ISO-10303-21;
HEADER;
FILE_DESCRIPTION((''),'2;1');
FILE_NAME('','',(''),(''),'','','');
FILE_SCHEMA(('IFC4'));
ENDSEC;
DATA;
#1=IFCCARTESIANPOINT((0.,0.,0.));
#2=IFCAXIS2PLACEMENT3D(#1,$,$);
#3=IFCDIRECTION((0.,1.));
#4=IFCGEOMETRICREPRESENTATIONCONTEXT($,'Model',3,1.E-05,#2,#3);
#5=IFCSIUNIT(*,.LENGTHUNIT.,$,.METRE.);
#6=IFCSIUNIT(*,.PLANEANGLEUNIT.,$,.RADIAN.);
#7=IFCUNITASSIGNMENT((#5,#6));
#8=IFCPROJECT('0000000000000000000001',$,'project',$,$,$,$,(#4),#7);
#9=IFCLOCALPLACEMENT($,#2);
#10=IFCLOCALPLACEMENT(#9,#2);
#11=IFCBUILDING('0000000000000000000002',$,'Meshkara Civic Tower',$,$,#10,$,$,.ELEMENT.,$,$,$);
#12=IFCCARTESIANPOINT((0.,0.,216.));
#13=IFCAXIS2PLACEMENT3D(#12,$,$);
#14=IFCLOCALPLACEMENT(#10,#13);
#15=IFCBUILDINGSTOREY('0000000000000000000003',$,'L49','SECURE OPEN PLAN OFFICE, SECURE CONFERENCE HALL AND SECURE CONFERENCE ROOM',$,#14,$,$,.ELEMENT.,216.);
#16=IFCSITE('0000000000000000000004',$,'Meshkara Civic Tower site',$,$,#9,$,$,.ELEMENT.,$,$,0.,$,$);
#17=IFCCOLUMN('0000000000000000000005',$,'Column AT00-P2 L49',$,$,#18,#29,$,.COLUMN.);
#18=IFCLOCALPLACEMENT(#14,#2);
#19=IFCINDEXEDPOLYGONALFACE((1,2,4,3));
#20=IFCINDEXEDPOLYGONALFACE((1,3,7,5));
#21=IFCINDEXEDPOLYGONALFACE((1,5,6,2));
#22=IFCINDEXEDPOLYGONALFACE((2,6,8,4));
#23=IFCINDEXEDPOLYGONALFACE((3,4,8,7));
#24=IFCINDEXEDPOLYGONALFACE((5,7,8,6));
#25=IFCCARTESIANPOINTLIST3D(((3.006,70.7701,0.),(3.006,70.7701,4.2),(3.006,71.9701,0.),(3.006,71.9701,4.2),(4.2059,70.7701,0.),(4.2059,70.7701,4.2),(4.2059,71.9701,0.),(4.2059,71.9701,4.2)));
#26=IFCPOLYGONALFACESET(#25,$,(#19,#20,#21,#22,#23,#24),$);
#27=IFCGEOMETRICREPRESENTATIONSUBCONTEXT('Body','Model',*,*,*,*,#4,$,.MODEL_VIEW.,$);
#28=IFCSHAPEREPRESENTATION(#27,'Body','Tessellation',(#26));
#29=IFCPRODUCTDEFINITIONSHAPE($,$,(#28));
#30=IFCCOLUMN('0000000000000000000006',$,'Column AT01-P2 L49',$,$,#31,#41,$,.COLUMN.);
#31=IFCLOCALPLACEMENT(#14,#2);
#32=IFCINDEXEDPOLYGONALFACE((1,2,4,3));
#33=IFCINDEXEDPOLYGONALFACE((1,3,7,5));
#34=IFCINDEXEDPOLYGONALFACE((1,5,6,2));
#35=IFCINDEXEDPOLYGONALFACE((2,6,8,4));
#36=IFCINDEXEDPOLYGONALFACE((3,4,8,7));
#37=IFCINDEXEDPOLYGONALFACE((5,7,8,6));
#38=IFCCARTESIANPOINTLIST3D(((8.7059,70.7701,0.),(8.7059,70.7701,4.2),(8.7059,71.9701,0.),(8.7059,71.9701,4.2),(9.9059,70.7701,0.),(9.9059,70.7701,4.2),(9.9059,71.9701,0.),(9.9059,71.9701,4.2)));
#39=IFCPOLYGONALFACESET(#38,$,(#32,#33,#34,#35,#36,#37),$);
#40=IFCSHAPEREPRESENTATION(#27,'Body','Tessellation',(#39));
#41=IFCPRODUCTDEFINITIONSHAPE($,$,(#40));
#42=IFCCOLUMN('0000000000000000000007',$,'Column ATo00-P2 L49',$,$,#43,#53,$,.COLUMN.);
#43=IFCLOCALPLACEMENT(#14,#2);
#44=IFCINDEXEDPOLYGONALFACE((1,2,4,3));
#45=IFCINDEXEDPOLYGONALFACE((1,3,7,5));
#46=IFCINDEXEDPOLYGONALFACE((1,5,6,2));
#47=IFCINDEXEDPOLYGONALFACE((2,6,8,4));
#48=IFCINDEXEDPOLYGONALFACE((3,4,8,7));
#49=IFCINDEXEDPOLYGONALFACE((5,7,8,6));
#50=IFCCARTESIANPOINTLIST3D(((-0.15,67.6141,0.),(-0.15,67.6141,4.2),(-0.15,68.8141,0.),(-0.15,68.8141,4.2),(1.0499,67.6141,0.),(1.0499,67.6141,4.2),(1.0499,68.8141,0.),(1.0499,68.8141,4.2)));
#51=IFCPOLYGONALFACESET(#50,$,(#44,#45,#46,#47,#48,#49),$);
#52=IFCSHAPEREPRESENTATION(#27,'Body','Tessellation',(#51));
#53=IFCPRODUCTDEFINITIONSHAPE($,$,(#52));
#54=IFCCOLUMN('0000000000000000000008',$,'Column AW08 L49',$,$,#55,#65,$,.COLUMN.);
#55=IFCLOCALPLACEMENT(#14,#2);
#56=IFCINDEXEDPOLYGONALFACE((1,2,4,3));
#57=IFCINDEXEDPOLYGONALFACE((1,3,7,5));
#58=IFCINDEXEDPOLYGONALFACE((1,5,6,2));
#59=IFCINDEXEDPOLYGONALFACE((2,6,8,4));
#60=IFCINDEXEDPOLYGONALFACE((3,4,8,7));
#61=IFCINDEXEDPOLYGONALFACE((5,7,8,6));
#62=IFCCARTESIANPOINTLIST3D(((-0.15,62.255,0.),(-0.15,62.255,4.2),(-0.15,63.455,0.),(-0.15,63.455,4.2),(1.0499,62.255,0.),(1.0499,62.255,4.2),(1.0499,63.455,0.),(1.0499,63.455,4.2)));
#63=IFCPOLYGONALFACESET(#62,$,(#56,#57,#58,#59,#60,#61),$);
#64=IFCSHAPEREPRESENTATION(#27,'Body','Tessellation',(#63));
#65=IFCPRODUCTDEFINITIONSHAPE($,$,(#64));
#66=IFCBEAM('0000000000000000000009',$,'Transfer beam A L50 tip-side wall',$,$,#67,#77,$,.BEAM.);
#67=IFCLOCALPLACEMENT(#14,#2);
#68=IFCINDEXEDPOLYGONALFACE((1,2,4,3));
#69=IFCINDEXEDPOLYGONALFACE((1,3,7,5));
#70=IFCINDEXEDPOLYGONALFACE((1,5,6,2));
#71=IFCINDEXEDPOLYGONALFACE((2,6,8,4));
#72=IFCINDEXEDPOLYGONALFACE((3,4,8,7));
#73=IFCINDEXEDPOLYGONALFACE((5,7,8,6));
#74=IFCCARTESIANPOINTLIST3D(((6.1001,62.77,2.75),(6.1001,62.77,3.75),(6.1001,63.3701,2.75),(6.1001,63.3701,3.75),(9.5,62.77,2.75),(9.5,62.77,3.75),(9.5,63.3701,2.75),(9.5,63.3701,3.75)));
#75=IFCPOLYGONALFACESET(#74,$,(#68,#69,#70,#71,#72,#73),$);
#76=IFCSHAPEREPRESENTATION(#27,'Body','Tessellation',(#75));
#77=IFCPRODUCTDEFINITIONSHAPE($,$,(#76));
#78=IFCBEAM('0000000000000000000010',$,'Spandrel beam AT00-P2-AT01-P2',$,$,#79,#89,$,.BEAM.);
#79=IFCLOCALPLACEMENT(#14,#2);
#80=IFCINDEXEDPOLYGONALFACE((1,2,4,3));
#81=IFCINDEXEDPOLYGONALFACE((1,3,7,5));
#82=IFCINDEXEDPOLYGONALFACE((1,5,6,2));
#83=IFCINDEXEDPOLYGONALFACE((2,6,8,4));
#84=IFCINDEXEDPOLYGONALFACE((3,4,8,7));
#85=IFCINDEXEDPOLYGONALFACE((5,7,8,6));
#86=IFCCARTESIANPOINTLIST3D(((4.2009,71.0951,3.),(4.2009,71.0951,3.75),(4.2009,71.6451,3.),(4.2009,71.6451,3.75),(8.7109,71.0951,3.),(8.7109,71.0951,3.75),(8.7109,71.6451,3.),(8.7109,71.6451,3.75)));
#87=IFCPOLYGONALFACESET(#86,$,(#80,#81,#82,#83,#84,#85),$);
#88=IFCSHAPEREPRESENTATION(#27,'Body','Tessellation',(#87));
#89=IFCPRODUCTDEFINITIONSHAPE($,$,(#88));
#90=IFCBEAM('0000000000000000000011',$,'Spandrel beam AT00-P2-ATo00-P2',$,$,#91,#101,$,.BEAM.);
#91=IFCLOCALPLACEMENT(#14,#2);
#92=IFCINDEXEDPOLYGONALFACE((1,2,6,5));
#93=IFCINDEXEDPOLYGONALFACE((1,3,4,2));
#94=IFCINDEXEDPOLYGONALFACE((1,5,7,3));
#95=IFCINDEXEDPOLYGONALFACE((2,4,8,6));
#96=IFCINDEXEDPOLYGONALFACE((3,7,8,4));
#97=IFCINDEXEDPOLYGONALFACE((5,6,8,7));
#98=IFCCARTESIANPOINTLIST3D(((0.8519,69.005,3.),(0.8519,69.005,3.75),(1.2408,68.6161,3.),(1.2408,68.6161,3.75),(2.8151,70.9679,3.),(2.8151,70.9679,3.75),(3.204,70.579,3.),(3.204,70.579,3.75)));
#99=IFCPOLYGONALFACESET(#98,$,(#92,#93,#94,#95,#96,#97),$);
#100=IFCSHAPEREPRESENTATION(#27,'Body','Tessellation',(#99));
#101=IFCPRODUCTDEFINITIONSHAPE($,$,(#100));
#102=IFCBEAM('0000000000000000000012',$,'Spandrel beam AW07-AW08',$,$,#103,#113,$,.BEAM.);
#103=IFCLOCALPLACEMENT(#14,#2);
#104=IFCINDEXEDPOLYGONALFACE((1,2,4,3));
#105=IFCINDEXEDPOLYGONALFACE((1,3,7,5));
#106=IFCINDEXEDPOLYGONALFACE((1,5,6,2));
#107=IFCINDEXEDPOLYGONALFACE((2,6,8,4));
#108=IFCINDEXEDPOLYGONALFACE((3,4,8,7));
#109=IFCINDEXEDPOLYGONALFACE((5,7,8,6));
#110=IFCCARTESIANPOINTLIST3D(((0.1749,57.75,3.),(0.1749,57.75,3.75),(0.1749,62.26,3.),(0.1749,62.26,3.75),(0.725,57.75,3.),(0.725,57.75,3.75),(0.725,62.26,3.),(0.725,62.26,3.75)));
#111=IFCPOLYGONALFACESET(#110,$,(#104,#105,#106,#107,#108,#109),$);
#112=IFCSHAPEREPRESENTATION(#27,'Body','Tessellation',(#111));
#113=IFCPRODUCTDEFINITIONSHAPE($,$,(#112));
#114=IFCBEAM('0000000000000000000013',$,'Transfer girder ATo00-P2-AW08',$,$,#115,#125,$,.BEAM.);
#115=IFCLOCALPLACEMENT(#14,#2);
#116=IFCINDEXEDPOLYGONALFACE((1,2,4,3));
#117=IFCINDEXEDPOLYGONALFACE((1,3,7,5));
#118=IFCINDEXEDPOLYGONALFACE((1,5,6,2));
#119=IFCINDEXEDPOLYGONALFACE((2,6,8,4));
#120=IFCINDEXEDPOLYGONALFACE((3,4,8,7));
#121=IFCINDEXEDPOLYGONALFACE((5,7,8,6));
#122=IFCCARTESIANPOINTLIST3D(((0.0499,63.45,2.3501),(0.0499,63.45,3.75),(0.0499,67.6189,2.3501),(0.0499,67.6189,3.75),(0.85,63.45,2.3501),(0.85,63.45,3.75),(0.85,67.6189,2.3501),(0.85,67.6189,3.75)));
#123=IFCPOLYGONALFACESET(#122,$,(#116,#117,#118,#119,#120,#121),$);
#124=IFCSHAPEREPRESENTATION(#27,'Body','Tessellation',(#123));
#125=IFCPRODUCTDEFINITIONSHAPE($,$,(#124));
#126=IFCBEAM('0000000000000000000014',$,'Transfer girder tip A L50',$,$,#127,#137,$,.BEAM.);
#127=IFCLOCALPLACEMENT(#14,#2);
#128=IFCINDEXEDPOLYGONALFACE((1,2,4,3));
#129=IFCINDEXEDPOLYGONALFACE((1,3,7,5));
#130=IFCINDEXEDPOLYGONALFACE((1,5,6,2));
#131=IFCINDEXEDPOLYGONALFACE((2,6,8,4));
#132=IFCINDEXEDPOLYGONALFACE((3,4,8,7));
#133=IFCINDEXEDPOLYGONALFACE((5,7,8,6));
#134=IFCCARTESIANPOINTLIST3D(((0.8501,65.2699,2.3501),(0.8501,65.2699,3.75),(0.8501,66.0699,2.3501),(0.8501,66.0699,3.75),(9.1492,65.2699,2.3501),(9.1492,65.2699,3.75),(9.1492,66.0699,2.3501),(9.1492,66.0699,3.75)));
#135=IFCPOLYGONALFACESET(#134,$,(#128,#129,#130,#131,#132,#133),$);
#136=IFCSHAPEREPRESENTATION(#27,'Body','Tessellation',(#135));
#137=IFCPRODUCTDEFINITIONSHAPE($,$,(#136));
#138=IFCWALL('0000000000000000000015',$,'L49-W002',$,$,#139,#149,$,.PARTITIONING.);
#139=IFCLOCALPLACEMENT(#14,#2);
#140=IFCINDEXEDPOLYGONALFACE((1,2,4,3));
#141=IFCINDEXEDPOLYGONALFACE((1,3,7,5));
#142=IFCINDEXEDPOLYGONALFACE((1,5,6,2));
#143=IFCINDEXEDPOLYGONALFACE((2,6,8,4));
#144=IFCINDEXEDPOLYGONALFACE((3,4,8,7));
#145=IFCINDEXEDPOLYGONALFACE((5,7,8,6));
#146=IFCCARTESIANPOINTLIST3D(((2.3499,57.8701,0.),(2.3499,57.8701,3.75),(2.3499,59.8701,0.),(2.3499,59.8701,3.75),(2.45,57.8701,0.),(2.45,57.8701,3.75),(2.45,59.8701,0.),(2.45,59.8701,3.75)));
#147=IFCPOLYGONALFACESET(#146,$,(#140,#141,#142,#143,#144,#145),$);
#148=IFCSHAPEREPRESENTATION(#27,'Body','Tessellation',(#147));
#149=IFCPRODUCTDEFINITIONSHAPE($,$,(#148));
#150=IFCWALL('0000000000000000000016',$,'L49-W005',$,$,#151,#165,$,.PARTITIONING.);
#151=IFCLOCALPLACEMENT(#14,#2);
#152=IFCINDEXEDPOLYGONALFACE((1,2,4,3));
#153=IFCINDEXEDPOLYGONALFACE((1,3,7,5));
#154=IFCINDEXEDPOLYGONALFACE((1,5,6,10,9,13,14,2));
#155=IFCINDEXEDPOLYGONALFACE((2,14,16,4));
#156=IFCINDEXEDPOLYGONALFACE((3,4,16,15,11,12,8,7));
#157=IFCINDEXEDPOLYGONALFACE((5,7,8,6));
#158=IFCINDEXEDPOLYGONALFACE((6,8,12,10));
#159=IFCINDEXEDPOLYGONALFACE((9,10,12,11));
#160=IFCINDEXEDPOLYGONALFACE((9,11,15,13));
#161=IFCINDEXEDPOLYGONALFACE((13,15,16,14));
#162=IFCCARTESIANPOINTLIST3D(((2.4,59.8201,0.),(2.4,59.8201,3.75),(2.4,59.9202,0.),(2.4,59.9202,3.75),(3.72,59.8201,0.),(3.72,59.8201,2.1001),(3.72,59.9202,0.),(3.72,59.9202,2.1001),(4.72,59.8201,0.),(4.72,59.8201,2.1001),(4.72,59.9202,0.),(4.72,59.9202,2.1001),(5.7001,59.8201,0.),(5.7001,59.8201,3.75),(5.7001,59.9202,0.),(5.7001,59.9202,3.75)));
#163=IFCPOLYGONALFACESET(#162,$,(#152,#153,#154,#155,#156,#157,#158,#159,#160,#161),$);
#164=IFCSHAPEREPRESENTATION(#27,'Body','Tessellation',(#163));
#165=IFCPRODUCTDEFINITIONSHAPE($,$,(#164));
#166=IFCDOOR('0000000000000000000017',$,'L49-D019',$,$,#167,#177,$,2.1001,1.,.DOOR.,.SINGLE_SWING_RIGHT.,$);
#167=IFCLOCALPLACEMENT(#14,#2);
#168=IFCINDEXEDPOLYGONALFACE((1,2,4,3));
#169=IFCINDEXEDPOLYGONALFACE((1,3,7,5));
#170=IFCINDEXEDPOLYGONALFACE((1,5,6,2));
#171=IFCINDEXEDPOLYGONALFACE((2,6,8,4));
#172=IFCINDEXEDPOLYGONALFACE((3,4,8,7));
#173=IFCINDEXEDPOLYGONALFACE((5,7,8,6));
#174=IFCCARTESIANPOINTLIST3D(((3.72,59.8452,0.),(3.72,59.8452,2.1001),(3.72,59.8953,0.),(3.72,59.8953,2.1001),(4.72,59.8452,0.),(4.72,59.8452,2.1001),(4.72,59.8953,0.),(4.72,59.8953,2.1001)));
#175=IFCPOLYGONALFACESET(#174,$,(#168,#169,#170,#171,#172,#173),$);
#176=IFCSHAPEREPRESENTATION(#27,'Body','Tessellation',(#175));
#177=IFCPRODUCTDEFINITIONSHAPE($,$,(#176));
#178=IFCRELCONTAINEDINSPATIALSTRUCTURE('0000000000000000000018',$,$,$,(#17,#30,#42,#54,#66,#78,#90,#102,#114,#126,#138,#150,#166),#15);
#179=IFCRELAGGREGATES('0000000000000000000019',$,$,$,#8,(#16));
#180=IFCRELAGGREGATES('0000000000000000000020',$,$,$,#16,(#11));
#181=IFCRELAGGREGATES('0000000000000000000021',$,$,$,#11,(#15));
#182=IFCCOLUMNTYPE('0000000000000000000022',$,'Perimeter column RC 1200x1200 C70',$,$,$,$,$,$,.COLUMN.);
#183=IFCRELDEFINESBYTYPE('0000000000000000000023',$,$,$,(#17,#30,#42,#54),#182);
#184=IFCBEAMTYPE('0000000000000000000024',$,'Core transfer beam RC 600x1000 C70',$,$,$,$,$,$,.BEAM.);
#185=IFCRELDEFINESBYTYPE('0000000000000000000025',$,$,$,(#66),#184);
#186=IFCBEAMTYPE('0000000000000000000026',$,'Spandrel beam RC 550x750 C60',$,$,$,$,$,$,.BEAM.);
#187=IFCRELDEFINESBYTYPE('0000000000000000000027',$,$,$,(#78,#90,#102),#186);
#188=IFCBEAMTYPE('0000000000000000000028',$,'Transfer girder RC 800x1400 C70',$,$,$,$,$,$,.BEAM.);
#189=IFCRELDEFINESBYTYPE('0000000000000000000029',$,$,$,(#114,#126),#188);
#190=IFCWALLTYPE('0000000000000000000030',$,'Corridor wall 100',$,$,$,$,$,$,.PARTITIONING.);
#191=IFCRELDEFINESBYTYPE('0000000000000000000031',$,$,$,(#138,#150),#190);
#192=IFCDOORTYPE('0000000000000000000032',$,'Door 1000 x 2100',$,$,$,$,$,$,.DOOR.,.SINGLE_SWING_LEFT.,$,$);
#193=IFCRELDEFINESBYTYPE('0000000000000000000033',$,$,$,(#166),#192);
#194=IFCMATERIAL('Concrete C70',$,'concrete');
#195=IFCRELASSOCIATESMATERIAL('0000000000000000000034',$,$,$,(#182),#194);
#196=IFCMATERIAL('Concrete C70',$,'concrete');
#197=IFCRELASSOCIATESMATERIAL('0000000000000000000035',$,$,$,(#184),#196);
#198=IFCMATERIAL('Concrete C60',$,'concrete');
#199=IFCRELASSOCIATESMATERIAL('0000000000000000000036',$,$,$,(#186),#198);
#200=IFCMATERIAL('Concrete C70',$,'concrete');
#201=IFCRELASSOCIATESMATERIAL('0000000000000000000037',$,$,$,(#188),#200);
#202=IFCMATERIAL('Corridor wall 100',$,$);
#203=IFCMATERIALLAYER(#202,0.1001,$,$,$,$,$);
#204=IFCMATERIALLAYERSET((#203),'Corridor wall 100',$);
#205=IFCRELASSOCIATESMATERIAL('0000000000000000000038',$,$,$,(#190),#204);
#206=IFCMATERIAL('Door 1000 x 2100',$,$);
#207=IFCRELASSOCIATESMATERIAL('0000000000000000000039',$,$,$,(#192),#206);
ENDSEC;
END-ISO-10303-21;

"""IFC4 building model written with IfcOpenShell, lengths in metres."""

from ifc_helpers import new_model, si_unit, direction, frame, frame_2d, origin, origin_2d, place, context, subcontext, project, spatial, rectangle, extrude, material, layer, layer_set, material_profile, profile_set, type_object, element, fill, save


model = new_model("IFC4")

# Units and contexts
model_context = context("Model", 3, precision=1e-05, world=origin(), true_north=direction((0.0, 1.0)))
body_context = subcontext(model_context, "Body", "Model", "MODEL_VIEW")
ifc_project = project(units=[si_unit("LENGTHUNIT", "METRE"), si_unit("PLANEANGLEUNIT", "RADIAN")], contexts=[model_context])

# Site, building, storey
site_placement = place(None, origin())
site = spatial("IfcSite", under=ifc_project, at=site_placement, Name="Meshkara Civic Tower site", CompositionType="ELEMENT", RefElevation=0.0)
building_placement = place(site_placement, origin())
building = spatial("IfcBuilding", under=site, at=building_placement, Name="Meshkara Civic Tower", CompositionType="ELEMENT")
storey_placement = place(building_placement, frame((0.0, 0.0, 216.0)))
storey = spatial("IfcBuildingStorey", under=building, at=storey_placement, Name="L49", Description="SECURE OPEN PLAN OFFICE, SECURE CONFERENCE HALL AND SECURE CONFERENCE ROOM", CompositionType="ELEMENT", Elevation=216.0)

# Columns
ifc_material_1 = material(Name="Concrete C70", Category="concrete")
ifc_material_profile_1 = material_profile(ifc_material_1, rectangle(XDim=1.2, YDim=1.2, at=origin_2d()))
ifc_profile_set_1 = profile_set([ifc_material_profile_1], Name="Concrete C70")
column_type = type_object("IfcColumnType", Name="Perimeter column RC 1200x1200 C70", PredefinedType="COLUMN", material=ifc_profile_set_1)
for number, where, z_axis, x_axis, name in (
    (1, (3.606, 71.3701, 0.0), (0.0, 0.0, 1.0), (1.0, 0.0, 0.0), "Column AT00-P2 L49"),
    (2, (9.3059, 71.3701, 0.0), (0.0, 0.0, 1.0), (1.0, 0.0, 0.0), "Column AT01-P2 L49"),
    (3, (0.45, 68.2141, 0.0), (0.0, 0.0, 1.0), (1.0, 0.0, 0.0), "Column ATo00-P2 L49"),
    (4, (0.45, 62.855, 0.0), (0.0, 0.0, 1.0), (1.0, 0.0, 0.0), "Column AW08 L49"),
):
    element("IfcColumn", number, at=place(storey_placement, frame(where, z_axis=z_axis, x_axis=x_axis)), inside=storey, type_object=column_type, Name=name, PredefinedType="COLUMN", context=body_context, shape_type="SweptSolid", body=[
        extrude(rectangle(XDim=1.2, YDim=1.2, at=origin_2d()), origin(), (0.0, 0.0, 1.0), 4.2),
    ])

# Beams
ifc_material_2 = material(Name="Concrete C70", Category="concrete")
ifc_material_profile_2 = material_profile(ifc_material_2, rectangle(XDim=0.6001, YDim=1.0, at=origin_2d()))
ifc_profile_set_2 = profile_set([ifc_material_profile_2], Name="Concrete C70")
beam_type_1 = type_object("IfcBeamType", Name="Core transfer beam RC 600x1000 C70", PredefinedType="BEAM", material=ifc_profile_set_2)
beam_1_placement = place(storey_placement, frame((6.1001, 63.0701, 3.25), z_axis=(1.0, 0.0, 0.0), x_axis=(0.0, 1.0, 0.0)))
element("IfcBeam", 5, at=beam_1_placement, inside=storey, type_object=beam_type_1, Name="Transfer beam A L50 tip-side wall", PredefinedType="BEAM", context=body_context, shape_type="SweptSolid", body=[
    extrude(rectangle(XDim=0.6001, YDim=1.0, at=origin_2d()), origin(), (0.0, 0.0, 1.0), 3.3999),
])
ifc_material_3 = material(Name="Concrete C60", Category="concrete")
ifc_material_profile_3 = material_profile(ifc_material_3, rectangle(XDim=0.55, YDim=0.75, at=origin_2d()))
ifc_profile_set_3 = profile_set([ifc_material_profile_3], Name="Concrete C60")
beam_type_2 = type_object("IfcBeamType", Name="Spandrel beam RC 550x750 C60", PredefinedType="BEAM", material=ifc_profile_set_3)
beam_2_placement = place(storey_placement, frame((8.7109, 71.3701, 3.375), z_axis=(-1.0, 0.0, 0.0), x_axis=(0.0, -1.0, 0.0)))
element("IfcBeam", 6, at=beam_2_placement, inside=storey, type_object=beam_type_2, Name="Spandrel beam AT00-P2-AT01-P2", PredefinedType="BEAM", context=body_context, shape_type="SweptSolid", body=[
    extrude(rectangle(XDim=0.55, YDim=0.75, at=origin_2d()), origin(), (0.0, 0.0, 1.0), 4.51),
])
beam_3_placement = place(storey_placement, frame((3.0095, 70.7734, 3.375), z_axis=(-0.707151, -0.707063, 0.0), x_axis=(0.707063, -0.707151, 0.0)))
element("IfcBeam", 7, at=beam_3_placement, inside=storey, type_object=beam_type_2, Name="Spandrel beam AT00-P2-ATo00-P2", PredefinedType="BEAM", context=body_context, shape_type="SweptSolid", body=[
    extrude(rectangle(XDim=0.55, YDim=0.75, at=origin_2d()), origin(), (0.0, 0.0, 1.0), 2.7761),
])
beam_4_placement = place(storey_placement, frame((0.45, 62.26, 3.375), z_axis=(0.0, -1.0, 0.0), x_axis=(1.0, 0.0, 0.0)))
element("IfcBeam", 8, at=beam_4_placement, inside=storey, type_object=beam_type_2, Name="Spandrel beam AW07-AW08", PredefinedType="BEAM", context=body_context, shape_type="SweptSolid", body=[
    extrude(rectangle(XDim=0.55, YDim=0.75, at=origin_2d()), origin(), (0.0, 0.0, 1.0), 4.51),
])
ifc_material_4 = material(Name="Concrete C70", Category="concrete")
ifc_material_profile_4 = material_profile(ifc_material_4, rectangle(XDim=0.8, YDim=1.3999, at=origin_2d()))
ifc_profile_set_4 = profile_set([ifc_material_profile_4], Name="Concrete C70")
beam_type_3 = type_object("IfcBeamType", Name="Transfer girder RC 800x1400 C70", PredefinedType="BEAM", material=ifc_profile_set_4)
beam_5_placement = place(storey_placement, frame((0.45, 63.45, 3.05), z_axis=(0.0, 1.0, 0.0), x_axis=(-1.0, 0.0, 0.0)))
element("IfcBeam", 9, at=beam_5_placement, inside=storey, type_object=beam_type_3, Name="Transfer girder ATo00-P2-AW08", PredefinedType="BEAM", context=body_context, shape_type="SweptSolid", body=[
    extrude(rectangle(XDim=0.8, YDim=1.3999, at=origin_2d()), origin(), (0.0, 0.0, 1.0), 4.1689),
])
beam_6_placement = place(storey_placement, frame((0.8501, 65.6699, 3.05), z_axis=(1.0, 0.0, 0.0), x_axis=(0.0, 1.0, 0.0)))
element("IfcBeam", 10, at=beam_6_placement, inside=storey, type_object=beam_type_3, Name="Transfer girder tip A L50", PredefinedType="BEAM", context=body_context, shape_type="SweptSolid", body=[
    extrude(rectangle(XDim=0.8, YDim=1.3999, at=origin_2d()), origin(), (0.0, 0.0, 1.0), 8.2991),
])

# Wall
ifc_material_5 = material(Name="Corridor wall 100")
ifc_layer_1 = layer(ifc_material_5, 0.1001)
ifc_layer_set_1 = layer_set([ifc_layer_1], Name="Corridor wall 100")
wall_type_1 = type_object("IfcWallType", Name="Corridor wall 100", PredefinedType="PARTITIONING", material=ifc_layer_set_1)
wall_1_placement = place(storey_placement, frame((2.3999, 59.8701, 0.0), z_axis=(0.0, 0.0, 1.0), x_axis=(0.0, -1.0, 0.0)))
element("IfcWall", 11, at=wall_1_placement, inside=storey, type_object=wall_type_1, Name="L49-W002", PredefinedType="PARTITIONING", context=body_context, shape_type="SweptSolid", body=[
    extrude(rectangle(XDim=2.0, YDim=0.1001, at=frame_2d((1.0, 0.0))), origin(), (0.0, 0.0, 1.0), 3.75),
])

# Wall, opening, door
wall_2_placement = place(storey_placement, frame((5.7, 59.8701, 0.0), z_axis=(0.0, 0.0, 1.0), x_axis=(-1.0, 0.0, 0.0)))
wall_2 = element("IfcWall", 12, at=wall_2_placement, inside=storey, type_object=wall_type_1, Name="L49-W005", PredefinedType="PARTITIONING", context=body_context, shape_type="SweptSolid", body=[
    extrude(rectangle(XDim=3.3, YDim=0.1001, at=frame_2d((1.6499, 0.0))), origin(), (0.0, 0.0, 1.0), 3.75),
])
opening_1_placement = place(wall_2_placement, frame((0.98, 0.0, 0.0)))
opening_1 = element("IfcOpeningElement", 13, at=opening_1_placement, cuts=wall_2, PredefinedType="OPENING", context=body_context, shape_type="SweptSolid", body=[
    extrude(rectangle(XDim=1.0, YDim=2.1001, at=frame_2d((0.5, 1.05))), frame((0.0, 0.0601, 0.0), z_axis=(0.0, -1.0, 0.0), x_axis=(1.0, 0.0, 0.0)), (0.0, 0.0, 1.0), 0.1201),
])
ifc_material_6 = material(Name="Door 1000 x 2100")
door_type_1 = type_object("IfcDoorType", Name="Door 1000 x 2100", OperationType="SINGLE_SWING_LEFT", PredefinedType="DOOR", material=ifc_material_6)
door_1_placement = place(opening_1_placement, origin())
door_1 = element("IfcDoor", 14, at=door_1_placement, inside=storey, type_object=door_type_1, Name="L49-D019", OperationType="SINGLE_SWING_RIGHT", OverallHeight=2.1001, OverallWidth=1.0, PredefinedType="DOOR", context=body_context, shape_type="SweptSolid", body=[
    extrude(rectangle(XDim=1.0, YDim=2.1001, at=frame_2d((0.5, 1.05))), frame((0.0, 0.0249, 0.0), z_axis=(0.0, -1.0, 0.0), x_axis=(1.0, 0.0, 0.0)), (0.0, 0.0, 1.0), 0.05),
])
fill(opening_1, door_1)

save(model, "model.ifc")
